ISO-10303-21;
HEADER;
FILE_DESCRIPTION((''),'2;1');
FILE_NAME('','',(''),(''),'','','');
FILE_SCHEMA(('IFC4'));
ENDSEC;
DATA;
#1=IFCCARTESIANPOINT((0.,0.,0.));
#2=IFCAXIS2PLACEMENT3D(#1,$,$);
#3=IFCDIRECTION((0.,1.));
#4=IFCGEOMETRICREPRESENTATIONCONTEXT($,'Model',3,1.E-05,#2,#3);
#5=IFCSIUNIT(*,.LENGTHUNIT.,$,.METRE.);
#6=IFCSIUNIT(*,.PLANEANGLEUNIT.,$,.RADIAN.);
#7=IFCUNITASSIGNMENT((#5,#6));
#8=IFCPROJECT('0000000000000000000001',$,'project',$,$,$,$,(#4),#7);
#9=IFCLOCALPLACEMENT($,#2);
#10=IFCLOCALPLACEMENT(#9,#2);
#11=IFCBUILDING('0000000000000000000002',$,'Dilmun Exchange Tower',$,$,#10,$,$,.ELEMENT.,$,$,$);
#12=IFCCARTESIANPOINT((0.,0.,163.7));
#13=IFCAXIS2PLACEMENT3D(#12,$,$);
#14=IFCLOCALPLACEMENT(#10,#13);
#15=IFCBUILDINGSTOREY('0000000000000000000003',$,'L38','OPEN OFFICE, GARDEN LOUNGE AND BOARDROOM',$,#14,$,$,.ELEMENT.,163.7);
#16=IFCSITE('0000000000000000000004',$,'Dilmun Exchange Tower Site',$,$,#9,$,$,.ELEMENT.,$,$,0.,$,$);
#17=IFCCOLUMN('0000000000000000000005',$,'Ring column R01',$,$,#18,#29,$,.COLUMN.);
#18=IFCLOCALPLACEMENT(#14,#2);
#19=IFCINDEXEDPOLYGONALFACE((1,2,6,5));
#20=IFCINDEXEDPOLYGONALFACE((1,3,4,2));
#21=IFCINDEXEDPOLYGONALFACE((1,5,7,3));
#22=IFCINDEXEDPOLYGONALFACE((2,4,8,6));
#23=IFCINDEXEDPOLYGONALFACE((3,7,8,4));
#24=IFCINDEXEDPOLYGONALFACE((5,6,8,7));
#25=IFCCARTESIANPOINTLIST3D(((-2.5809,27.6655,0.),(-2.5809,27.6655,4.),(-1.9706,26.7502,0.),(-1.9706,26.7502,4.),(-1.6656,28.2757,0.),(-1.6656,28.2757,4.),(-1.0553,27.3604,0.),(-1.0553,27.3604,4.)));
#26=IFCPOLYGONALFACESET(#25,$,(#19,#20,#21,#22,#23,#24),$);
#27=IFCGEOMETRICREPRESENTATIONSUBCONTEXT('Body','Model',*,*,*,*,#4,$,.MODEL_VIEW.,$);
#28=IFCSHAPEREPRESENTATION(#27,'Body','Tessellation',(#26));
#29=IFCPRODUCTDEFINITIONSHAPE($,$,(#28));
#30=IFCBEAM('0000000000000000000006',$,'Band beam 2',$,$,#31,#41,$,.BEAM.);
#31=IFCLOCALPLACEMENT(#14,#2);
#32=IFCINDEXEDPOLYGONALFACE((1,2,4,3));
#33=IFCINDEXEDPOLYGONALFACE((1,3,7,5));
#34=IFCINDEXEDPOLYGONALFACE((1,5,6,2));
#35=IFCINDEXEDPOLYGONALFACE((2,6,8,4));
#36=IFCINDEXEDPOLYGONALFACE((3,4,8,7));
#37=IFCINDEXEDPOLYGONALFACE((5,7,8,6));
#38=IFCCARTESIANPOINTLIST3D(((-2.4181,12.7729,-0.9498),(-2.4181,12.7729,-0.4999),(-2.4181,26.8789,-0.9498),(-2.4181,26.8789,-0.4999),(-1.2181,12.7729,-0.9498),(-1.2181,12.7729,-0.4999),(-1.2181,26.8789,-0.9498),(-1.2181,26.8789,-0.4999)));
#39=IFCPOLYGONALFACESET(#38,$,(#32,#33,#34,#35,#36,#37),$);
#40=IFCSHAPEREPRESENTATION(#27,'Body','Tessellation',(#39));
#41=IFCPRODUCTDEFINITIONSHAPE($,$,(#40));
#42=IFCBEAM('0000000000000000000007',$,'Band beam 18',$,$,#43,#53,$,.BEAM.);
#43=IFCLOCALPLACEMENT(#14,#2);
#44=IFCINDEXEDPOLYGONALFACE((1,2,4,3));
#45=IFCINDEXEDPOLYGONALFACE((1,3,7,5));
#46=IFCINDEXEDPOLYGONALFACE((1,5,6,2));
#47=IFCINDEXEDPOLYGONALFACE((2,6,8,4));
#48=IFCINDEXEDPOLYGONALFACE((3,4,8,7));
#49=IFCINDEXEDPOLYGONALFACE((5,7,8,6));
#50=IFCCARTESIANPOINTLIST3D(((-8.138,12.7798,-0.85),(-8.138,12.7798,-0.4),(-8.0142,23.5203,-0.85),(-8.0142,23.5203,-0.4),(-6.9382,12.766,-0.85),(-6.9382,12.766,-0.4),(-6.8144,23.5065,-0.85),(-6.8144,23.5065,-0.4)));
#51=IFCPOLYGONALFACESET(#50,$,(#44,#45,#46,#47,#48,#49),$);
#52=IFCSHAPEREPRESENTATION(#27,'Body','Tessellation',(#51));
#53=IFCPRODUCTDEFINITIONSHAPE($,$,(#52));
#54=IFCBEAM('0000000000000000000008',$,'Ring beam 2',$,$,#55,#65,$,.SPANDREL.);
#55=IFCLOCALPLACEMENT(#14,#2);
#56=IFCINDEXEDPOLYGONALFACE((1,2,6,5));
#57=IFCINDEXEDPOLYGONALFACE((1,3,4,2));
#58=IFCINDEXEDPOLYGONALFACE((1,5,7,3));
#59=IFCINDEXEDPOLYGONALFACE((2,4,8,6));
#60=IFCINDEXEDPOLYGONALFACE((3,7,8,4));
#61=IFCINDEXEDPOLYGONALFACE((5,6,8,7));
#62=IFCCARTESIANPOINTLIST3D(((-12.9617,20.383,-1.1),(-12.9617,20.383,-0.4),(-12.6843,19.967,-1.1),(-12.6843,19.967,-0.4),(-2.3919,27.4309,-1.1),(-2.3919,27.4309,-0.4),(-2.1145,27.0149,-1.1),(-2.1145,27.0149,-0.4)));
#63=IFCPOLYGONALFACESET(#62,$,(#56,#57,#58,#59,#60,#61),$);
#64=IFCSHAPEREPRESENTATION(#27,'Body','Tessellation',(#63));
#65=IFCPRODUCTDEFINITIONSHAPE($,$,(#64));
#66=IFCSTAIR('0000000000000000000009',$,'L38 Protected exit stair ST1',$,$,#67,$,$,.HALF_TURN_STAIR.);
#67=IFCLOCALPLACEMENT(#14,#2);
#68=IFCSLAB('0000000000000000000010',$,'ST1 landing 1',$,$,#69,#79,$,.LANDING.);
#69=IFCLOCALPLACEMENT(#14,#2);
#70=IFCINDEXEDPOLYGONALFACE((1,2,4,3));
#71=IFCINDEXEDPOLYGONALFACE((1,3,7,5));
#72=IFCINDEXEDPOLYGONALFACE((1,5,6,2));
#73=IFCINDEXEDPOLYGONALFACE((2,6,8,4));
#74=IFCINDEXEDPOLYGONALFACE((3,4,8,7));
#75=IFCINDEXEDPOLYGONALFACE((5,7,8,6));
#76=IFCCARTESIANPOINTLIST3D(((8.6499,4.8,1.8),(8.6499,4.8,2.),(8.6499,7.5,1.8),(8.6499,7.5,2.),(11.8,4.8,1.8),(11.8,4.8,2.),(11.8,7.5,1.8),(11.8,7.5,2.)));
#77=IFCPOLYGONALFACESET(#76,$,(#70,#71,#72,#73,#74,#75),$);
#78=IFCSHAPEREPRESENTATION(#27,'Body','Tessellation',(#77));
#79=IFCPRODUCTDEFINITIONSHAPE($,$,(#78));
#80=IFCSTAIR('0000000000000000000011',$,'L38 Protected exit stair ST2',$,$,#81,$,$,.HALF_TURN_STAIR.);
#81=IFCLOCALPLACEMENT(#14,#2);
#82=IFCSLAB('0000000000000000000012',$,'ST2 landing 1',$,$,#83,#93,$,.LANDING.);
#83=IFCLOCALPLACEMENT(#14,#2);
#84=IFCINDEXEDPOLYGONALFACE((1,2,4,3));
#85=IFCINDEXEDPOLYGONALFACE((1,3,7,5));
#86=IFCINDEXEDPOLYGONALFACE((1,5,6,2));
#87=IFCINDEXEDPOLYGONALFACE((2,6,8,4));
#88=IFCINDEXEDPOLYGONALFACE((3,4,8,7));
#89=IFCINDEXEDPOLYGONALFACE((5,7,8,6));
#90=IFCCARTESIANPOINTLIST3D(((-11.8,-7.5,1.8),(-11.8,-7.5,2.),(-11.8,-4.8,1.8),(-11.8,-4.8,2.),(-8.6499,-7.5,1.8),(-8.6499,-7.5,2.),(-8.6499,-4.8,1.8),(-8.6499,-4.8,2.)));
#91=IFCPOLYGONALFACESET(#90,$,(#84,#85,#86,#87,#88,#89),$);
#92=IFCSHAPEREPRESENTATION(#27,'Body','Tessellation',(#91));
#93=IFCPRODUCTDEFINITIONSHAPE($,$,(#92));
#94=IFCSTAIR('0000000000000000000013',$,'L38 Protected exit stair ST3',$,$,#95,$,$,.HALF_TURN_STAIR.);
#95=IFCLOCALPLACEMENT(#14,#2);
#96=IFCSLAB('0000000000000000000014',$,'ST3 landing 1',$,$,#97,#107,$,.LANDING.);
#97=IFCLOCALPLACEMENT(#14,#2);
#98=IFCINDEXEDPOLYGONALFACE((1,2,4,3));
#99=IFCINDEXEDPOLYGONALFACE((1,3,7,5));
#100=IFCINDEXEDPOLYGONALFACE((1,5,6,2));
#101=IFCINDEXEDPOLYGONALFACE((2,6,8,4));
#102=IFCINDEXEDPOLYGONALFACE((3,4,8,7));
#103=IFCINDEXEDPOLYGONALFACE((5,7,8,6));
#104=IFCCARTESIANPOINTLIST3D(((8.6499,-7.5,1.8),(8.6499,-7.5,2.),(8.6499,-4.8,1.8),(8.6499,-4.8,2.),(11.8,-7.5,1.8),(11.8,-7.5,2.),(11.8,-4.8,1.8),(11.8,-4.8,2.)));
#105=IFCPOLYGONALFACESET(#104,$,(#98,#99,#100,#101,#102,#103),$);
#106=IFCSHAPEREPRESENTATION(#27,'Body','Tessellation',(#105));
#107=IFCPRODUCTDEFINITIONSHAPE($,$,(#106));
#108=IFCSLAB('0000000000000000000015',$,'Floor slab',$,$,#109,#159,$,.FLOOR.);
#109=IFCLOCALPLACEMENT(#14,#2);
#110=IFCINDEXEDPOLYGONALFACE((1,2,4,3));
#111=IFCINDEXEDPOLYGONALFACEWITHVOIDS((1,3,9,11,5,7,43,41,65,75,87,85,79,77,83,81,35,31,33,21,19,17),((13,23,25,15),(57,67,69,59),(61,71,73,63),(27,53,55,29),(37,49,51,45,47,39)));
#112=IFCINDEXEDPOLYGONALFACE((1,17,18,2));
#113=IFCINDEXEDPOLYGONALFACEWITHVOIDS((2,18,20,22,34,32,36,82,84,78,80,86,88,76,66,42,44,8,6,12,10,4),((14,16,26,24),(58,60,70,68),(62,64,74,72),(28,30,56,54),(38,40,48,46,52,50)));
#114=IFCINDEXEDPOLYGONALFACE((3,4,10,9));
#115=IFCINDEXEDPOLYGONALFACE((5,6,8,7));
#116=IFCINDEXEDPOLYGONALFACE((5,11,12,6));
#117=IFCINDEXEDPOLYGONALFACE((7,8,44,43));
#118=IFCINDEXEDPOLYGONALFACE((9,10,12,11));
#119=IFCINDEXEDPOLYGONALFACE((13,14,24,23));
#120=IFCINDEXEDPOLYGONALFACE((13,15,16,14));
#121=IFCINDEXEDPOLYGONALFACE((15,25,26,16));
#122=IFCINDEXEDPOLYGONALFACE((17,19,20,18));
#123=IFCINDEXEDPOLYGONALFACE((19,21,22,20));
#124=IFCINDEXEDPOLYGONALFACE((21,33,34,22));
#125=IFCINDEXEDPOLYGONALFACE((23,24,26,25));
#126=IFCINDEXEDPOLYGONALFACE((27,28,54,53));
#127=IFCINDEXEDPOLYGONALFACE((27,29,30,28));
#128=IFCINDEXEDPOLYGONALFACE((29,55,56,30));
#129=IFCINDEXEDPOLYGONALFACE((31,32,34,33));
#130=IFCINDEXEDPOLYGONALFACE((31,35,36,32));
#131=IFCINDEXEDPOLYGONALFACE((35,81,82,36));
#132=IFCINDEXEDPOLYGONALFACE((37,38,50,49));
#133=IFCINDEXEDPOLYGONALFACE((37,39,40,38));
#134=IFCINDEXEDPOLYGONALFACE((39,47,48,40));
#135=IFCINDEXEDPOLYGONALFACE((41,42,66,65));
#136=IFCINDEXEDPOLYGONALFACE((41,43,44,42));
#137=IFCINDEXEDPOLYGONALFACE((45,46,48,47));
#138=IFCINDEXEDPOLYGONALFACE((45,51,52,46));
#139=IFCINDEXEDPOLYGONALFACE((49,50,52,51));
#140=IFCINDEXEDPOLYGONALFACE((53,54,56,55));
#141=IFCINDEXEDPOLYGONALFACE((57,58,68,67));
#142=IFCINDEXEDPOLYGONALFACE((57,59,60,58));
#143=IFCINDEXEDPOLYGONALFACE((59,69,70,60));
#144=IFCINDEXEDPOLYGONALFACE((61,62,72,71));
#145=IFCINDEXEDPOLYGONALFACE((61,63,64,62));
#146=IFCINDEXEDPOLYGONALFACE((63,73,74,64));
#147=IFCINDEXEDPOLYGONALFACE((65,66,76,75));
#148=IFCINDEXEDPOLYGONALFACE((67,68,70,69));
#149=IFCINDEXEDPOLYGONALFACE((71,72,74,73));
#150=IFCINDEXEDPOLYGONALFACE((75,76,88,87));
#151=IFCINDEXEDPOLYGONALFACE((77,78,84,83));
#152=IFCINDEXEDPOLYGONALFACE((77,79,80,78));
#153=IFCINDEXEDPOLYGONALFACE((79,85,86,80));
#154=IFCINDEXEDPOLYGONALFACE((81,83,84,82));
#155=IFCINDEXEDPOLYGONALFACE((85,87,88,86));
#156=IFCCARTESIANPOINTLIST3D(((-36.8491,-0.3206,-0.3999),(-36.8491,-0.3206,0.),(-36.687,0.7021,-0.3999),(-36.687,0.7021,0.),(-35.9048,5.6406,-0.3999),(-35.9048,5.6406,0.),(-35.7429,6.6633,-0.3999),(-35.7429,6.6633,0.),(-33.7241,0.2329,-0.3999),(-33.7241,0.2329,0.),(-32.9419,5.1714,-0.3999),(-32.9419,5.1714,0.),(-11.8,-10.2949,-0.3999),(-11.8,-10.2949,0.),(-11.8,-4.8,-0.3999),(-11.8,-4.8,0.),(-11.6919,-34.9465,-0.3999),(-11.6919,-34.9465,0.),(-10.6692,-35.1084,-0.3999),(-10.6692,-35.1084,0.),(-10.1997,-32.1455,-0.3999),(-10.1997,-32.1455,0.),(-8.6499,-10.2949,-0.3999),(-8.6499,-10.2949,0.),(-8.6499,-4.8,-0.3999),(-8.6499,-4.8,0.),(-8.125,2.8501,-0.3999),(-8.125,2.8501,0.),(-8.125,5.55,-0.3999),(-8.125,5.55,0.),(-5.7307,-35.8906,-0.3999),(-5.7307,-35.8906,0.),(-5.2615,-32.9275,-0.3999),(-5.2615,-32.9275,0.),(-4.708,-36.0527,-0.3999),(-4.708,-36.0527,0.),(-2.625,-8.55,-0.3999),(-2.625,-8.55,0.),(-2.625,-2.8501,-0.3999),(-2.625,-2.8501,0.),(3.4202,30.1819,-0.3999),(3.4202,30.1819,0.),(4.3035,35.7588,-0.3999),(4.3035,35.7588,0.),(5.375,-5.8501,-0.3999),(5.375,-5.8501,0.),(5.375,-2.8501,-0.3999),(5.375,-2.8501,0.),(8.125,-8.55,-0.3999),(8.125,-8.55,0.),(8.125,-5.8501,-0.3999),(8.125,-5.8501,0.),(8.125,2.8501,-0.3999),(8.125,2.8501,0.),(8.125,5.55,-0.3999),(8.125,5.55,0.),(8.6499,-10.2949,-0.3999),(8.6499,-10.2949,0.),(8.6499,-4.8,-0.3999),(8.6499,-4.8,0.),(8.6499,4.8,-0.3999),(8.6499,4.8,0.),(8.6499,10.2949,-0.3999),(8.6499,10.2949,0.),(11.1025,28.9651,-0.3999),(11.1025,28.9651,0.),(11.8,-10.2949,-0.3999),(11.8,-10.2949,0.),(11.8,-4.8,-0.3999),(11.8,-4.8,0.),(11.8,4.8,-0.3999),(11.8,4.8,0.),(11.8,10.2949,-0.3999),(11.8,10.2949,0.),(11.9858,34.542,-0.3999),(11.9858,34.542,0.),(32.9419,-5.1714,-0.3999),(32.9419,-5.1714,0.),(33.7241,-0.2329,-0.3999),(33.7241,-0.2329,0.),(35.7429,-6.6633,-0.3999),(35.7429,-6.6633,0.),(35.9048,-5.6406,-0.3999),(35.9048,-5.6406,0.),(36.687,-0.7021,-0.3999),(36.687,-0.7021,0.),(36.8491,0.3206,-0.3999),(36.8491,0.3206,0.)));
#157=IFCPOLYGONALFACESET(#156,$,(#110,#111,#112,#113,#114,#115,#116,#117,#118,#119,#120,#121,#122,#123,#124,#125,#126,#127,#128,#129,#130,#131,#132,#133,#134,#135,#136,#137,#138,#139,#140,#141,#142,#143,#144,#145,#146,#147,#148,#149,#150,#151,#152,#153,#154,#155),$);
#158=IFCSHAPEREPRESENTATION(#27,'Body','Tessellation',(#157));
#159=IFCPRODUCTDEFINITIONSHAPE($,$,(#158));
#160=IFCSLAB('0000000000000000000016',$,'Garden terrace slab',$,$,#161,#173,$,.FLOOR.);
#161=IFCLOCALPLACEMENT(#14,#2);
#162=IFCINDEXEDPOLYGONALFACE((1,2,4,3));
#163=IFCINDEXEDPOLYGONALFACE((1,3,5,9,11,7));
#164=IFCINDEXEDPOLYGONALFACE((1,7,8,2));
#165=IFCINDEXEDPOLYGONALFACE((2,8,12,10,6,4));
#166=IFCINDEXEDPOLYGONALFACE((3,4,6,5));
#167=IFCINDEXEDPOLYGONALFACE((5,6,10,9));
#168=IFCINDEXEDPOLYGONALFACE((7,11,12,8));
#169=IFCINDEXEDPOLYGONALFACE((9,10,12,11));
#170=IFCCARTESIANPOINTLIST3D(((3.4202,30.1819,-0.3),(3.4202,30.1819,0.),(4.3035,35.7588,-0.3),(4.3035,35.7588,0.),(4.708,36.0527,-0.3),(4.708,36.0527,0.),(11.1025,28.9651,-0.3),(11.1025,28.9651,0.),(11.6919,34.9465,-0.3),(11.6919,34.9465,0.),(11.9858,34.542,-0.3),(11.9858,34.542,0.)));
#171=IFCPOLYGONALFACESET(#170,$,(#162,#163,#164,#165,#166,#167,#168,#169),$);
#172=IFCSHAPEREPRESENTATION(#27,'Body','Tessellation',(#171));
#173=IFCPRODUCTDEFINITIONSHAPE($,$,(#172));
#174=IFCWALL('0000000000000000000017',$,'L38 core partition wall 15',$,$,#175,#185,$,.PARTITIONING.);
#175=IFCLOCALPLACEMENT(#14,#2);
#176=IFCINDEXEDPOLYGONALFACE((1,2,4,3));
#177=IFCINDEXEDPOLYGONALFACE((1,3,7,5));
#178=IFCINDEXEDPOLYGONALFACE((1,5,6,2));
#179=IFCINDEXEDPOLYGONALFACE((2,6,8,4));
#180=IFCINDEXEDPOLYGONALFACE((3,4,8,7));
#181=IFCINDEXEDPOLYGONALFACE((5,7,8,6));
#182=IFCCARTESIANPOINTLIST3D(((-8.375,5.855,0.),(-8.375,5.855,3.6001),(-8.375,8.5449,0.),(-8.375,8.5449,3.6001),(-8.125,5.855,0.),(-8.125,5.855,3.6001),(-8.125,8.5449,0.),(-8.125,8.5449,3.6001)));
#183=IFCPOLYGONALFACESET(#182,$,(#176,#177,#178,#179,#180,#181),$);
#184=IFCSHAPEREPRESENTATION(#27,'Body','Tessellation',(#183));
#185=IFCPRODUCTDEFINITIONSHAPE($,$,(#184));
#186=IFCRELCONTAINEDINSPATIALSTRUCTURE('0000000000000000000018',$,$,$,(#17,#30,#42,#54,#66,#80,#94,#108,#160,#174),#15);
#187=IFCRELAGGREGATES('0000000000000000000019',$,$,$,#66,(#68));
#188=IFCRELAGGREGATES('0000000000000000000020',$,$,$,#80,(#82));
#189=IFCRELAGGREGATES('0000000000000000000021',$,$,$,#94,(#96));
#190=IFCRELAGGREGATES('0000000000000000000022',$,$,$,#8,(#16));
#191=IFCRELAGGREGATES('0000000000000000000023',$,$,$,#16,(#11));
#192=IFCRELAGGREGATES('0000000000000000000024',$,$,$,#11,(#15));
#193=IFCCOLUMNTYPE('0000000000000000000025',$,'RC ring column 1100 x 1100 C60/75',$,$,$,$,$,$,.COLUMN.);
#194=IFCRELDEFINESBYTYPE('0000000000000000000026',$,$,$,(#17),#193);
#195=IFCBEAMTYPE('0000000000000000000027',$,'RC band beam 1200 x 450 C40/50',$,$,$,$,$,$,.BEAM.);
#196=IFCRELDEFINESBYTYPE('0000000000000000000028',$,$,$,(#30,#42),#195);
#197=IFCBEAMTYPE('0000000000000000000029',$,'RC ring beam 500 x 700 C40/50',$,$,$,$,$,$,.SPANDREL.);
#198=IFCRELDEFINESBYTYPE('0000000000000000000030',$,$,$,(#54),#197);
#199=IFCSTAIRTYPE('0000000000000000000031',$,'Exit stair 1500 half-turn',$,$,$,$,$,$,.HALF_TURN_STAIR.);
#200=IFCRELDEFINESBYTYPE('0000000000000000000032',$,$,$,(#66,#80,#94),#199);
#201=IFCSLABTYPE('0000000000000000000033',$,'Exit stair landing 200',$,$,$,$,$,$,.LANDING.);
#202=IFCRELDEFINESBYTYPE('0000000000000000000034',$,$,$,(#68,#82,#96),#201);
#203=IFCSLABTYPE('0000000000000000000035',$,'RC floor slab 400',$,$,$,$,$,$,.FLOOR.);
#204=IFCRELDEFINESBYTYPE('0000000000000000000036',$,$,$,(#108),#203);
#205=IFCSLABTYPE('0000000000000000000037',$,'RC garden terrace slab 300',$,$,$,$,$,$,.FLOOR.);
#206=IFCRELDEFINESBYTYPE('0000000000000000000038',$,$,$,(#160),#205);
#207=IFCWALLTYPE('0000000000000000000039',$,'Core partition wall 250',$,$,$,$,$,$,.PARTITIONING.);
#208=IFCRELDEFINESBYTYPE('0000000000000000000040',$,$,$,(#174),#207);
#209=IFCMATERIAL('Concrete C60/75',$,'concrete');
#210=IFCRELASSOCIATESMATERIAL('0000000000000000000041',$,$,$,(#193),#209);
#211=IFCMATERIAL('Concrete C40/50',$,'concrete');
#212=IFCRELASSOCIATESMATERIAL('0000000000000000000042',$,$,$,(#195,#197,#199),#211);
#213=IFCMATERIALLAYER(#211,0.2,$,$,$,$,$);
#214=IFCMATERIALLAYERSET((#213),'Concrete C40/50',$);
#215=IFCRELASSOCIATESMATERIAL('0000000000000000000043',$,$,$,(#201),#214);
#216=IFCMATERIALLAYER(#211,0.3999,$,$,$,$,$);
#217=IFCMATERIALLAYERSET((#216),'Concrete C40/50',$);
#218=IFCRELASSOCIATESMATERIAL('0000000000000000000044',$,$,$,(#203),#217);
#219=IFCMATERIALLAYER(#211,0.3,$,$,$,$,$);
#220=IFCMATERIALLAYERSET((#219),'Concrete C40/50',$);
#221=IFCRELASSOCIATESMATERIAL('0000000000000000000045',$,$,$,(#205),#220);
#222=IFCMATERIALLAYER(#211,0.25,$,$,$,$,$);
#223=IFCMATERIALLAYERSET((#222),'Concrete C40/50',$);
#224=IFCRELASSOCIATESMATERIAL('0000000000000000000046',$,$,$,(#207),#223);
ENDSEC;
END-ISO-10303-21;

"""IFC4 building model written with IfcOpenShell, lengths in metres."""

from ifc_helpers import new_model, si_unit, direction, frame, frame_2d, origin, origin_2d, place, context, subcontext, project, spatial, polyline, rectangle, outline, extrude, material, layer, layer_set, material_profile, profile_set, type_object, element, aggregate, save


model = new_model("IFC4")

# Units and contexts
model_context = context("Model", 3, precision=1e-05, world=origin(), true_north=direction((0.0, 1.0)))
body_context = subcontext(model_context, "Body", "Model", "MODEL_VIEW")
ifc_project = project(units=[si_unit("LENGTHUNIT", "METRE"), si_unit("PLANEANGLEUNIT", "RADIAN")], contexts=[model_context])

# Site, building, storey
site_placement = place(None, origin())
site = spatial("IfcSite", under=ifc_project, at=site_placement, Name="Dilmun Exchange Tower Site", CompositionType="ELEMENT", RefElevation=0.0)
building_placement = place(site_placement, origin())
building = spatial("IfcBuilding", under=site, at=building_placement, Name="Dilmun Exchange Tower", CompositionType="ELEMENT")
storey_placement = place(building_placement, frame((0.0, 0.0, 163.7)))
storey = spatial("IfcBuildingStorey", under=building, at=storey_placement, Name="L38", Description="OPEN OFFICE, GARDEN LOUNGE AND BOARDROOM", CompositionType="ELEMENT", Elevation=163.7)

# Column
ifc_material_1 = material(Name="Concrete C60/75", Category="concrete")
ifc_material_profile_1 = material_profile(ifc_material_1, rectangle(XDim=1.1001, YDim=1.1001, at=origin_2d()), Name="1100 x 1100")
ifc_profile_set_1 = profile_set([ifc_material_profile_1], Name="Concrete C60/75")
column_type = type_object("IfcColumnType", Name="RC ring column 1100 x 1100 C60/75", PredefinedType="COLUMN", material=ifc_profile_set_1)
column_placement = place(storey_placement, frame((-1.8181, 27.5129, 0.0), z_axis=(0.0, 0.0, 1.0), x_axis=(0.832029, 0.554733, 0.0)))
element("IfcColumn", 1, at=column_placement, inside=storey, type_object=column_type, Name="Ring column R01", PredefinedType="COLUMN", context=body_context, shape_type="SweptSolid", body=[
    extrude(rectangle(XDim=1.1001, YDim=1.1001, at=origin_2d()), origin(), (0.0, 0.0, 1.0), 4.0),
])

# Beams
ifc_material_2 = material(Name="Concrete C40/50", Category="concrete")
ifc_material_profile_2 = material_profile(ifc_material_2, rectangle(XDim=1.2, YDim=0.45, at=origin_2d()), Name="1200 x 450")
ifc_profile_set_2 = profile_set([ifc_material_profile_2], Name="Concrete C40/50")
beam_type_1 = type_object("IfcBeamType", Name="RC band beam 1200 x 450 C40/50", PredefinedType="BEAM", material=ifc_profile_set_2)
beam_1_placement = place(storey_placement, frame((-1.8181, 26.8789, -0.7249), z_axis=(0.0, -1.0, 0.0), x_axis=(1.0, 0.0, 0.0)))
element("IfcBeam", 2, at=beam_1_placement, inside=storey, type_object=beam_type_1, Name="Band beam 2", PredefinedType="BEAM", context=body_context, shape_type="SweptSolid", body=[
    extrude(rectangle(XDim=1.2, YDim=0.45, at=origin_2d()), origin(), (0.0, 0.0, 1.0), 14.106),
])
beam_2_placement = place(storey_placement, frame((-7.4143, 23.5134, -0.625), z_axis=(-0.011524, -0.999934, 0.0), x_axis=(0.999934, -0.011524, 0.0)))
element("IfcBeam", 3, at=beam_2_placement, inside=storey, type_object=beam_type_1, Name="Band beam 18", PredefinedType="BEAM", context=body_context, shape_type="SweptSolid", body=[
    extrude(rectangle(XDim=1.2, YDim=0.45, at=origin_2d()), origin(), (0.0, 0.0, 1.0), 10.7412),
])
ifc_material_profile_3 = material_profile(ifc_material_2, rectangle(XDim=0.5, YDim=0.7, at=origin_2d()), Name="500 x 700")
ifc_profile_set_3 = profile_set([ifc_material_profile_3], Name="Concrete C40/50")
beam_type_2 = type_object("IfcBeamType", Name="RC ring beam 500 x 700 C40/50", PredefinedType="SPANDREL", material=ifc_profile_set_3)
beam_3_placement = place(storey_placement, frame((-2.2532, 27.2229, -0.75), z_axis=(-0.832003, -0.554771, 0.0), x_axis=(0.554771, -0.832003, 0.0)))
element("IfcBeam", 4, at=beam_3_placement, inside=storey, type_object=beam_type_2, Name="Ring beam 2", PredefinedType="SPANDREL", context=body_context, shape_type="SweptSolid", body=[
    extrude(rectangle(XDim=0.5, YDim=0.7, at=origin_2d()), origin(), (0.0, 0.0, 1.0), 12.7041),
])

# Stairs, slabs
stair_type = type_object("IfcStairType", Name="Exit stair 1500 half-turn", PredefinedType="HALF_TURN_STAIR", material=ifc_material_2)
stair_1_placement = place(storey_placement, origin())
stair_1 = element("IfcStair", 5, at=stair_1_placement, inside=storey, type_object=stair_type, Name="L38 Protected exit stair ST1", PredefinedType="HALF_TURN_STAIR")
ifc_layer_1 = layer(ifc_material_2, 0.2)
ifc_layer_set_1 = layer_set([ifc_layer_1], Name="Concrete C40/50")
slab_type_1 = type_object("IfcSlabType", Name="Exit stair landing 200", PredefinedType="LANDING", material=ifc_layer_set_1)
slab_1_placement = place(storey_placement, frame((0.0, 0.0, 1.8)))
slab_1 = element("IfcSlab", 6, at=slab_1_placement, type_object=slab_type_1, Name="ST1 landing 1", PredefinedType="LANDING", context=body_context, shape_type="SweptSolid", body=[
    extrude(outline(polyline([(8.6499, 7.5), (8.6499, 4.8), (11.8, 4.8), (11.8, 7.5), (8.6499, 7.5)])), origin(), (0.0, 0.0, 1.0), 0.2),
])
aggregate(stair_1, [slab_1])
stair_2_placement = place(storey_placement, origin())
stair_2 = element("IfcStair", 7, at=stair_2_placement, inside=storey, type_object=stair_type, Name="L38 Protected exit stair ST2", PredefinedType="HALF_TURN_STAIR")
slab_2_placement = place(storey_placement, frame((0.0, 0.0, 1.8)))
slab_2 = element("IfcSlab", 8, at=slab_2_placement, type_object=slab_type_1, Name="ST2 landing 1", PredefinedType="LANDING", context=body_context, shape_type="SweptSolid", body=[
    extrude(outline(polyline([(-8.6499, -7.5), (-8.6499, -4.8), (-11.8, -4.8), (-11.8, -7.5), (-8.6499, -7.5)])), origin(), (0.0, 0.0, 1.0), 0.2),
])
aggregate(stair_2, [slab_2])
stair_3_placement = place(storey_placement, origin())
stair_3 = element("IfcStair", 9, at=stair_3_placement, inside=storey, type_object=stair_type, Name="L38 Protected exit stair ST3", PredefinedType="HALF_TURN_STAIR")
slab_3_placement = place(storey_placement, frame((0.0, 0.0, 1.8)))
slab_3 = element("IfcSlab", 10, at=slab_3_placement, type_object=slab_type_1, Name="ST3 landing 1", PredefinedType="LANDING", context=body_context, shape_type="SweptSolid", body=[
    extrude(outline(polyline([(11.8, -7.5), (11.8, -4.8), (8.6499, -4.8), (8.6499, -7.5), (11.8, -7.5)])), origin(), (0.0, 0.0, 1.0), 0.2),
])
aggregate(stair_3, [slab_3])

# Slabs
ifc_layer_2 = layer(ifc_material_2, 0.3999)
ifc_layer_set_2 = layer_set([ifc_layer_2], Name="Concrete C40/50")
slab_type_2 = type_object("IfcSlabType", Name="RC floor slab 400", PredefinedType="FLOOR", material=ifc_layer_set_2)
slab_4_placement = place(storey_placement, frame((0.0, 0.0, -0.3999)))
element("IfcSlab", 11, at=slab_4_placement, inside=storey, type_object=slab_type_2, Name="Floor slab", PredefinedType="FLOOR", context=body_context, shape_type="SweptSolid", body=[
    extrude(outline(polyline([(36.687, -0.7021), (33.7241, -0.2329), (32.9419, -5.1714), (35.9048, -5.6406), (35.7429, -6.6633), (-4.708, -36.0527), (-5.7307, -35.8906), (-5.2615, -32.9275), (-10.1997, -32.1455), (-10.6692, -35.1084), (-11.6919, -34.9465), (-36.8491, -0.3206), (-36.687, 0.7021), (-33.7241, 0.2329), (-32.9419, 5.1714), (-35.9048, 5.6406), (-35.7429, 6.6633), (4.3035, 35.7588), (3.4202, 30.1819), (11.1025, 28.9651), (11.9858, 34.542), (36.8491, 0.3206), (36.687, -0.7021)]), holes=[polyline([(-8.6499, -4.8), (-11.8, -4.8), (-11.8, -10.2949), (-8.6499, -10.2949), (-8.6499, -4.8)]), polyline([(11.8, -4.8), (8.6499, -4.8), (8.6499, -10.2949), (11.8, -10.2949), (11.8, -4.8)]), polyline([(5.375, -2.8501), (-2.625, -2.8501), (-2.625, -8.55), (8.125, -8.55), (8.125, -5.8501), (5.375, -5.8501), (5.375, -2.8501)]), polyline([(8.125, 2.8501), (8.125, 5.55), (-8.125, 5.55), (-8.125, 2.8501), (8.125, 2.8501)]), polyline([(8.6499, 10.2949), (8.6499, 4.8), (11.8, 4.8), (11.8, 10.2949), (8.6499, 10.2949)])]), origin(), (0.0, 0.0, 1.0), 0.3999),
])
ifc_layer_3 = layer(ifc_material_2, 0.3)
ifc_layer_set_3 = layer_set([ifc_layer_3], Name="Concrete C40/50")
slab_type_3 = type_object("IfcSlabType", Name="RC garden terrace slab 300", PredefinedType="FLOOR", material=ifc_layer_set_3)
slab_5_placement = place(storey_placement, frame((0.0, 0.0, -0.3)))
element("IfcSlab", 12, at=slab_5_placement, inside=storey, type_object=slab_type_3, Name="Garden terrace slab", PredefinedType="FLOOR", context=body_context, shape_type="SweptSolid", body=[
    extrude(outline(polyline([(3.4202, 30.1819), (4.3035, 35.7588), (4.708, 36.0527), (11.6919, 34.9465), (11.9858, 34.542), (11.1025, 28.9651), (3.4202, 30.1819)])), origin(), (0.0, 0.0, 1.0), 0.3),
])

# Wall
ifc_layer_4 = layer(ifc_material_2, 0.25)
ifc_layer_set_4 = layer_set([ifc_layer_4], Name="Concrete C40/50")
wall_type_1 = type_object("IfcWallType", Name="Core partition wall 250", PredefinedType="PARTITIONING", material=ifc_layer_set_4)
wall_1_placement = place(storey_placement, frame((-8.25, 5.855, 0.0), z_axis=(0.0, 0.0, 1.0), x_axis=(0.0, 1.0, 0.0)))
element("IfcWall", 13, at=wall_1_placement, inside=storey, type_object=wall_type_1, Name="L38 core partition wall 15", PredefinedType="PARTITIONING", context=body_context, shape_type="SweptSolid", body=[
    extrude(rectangle(XDim=2.6899, YDim=0.25, at=frame_2d((1.345, 0.0))), origin(), (0.0, 0.0, 1.0), 3.6001),
])

save(model, "model.ifc")
